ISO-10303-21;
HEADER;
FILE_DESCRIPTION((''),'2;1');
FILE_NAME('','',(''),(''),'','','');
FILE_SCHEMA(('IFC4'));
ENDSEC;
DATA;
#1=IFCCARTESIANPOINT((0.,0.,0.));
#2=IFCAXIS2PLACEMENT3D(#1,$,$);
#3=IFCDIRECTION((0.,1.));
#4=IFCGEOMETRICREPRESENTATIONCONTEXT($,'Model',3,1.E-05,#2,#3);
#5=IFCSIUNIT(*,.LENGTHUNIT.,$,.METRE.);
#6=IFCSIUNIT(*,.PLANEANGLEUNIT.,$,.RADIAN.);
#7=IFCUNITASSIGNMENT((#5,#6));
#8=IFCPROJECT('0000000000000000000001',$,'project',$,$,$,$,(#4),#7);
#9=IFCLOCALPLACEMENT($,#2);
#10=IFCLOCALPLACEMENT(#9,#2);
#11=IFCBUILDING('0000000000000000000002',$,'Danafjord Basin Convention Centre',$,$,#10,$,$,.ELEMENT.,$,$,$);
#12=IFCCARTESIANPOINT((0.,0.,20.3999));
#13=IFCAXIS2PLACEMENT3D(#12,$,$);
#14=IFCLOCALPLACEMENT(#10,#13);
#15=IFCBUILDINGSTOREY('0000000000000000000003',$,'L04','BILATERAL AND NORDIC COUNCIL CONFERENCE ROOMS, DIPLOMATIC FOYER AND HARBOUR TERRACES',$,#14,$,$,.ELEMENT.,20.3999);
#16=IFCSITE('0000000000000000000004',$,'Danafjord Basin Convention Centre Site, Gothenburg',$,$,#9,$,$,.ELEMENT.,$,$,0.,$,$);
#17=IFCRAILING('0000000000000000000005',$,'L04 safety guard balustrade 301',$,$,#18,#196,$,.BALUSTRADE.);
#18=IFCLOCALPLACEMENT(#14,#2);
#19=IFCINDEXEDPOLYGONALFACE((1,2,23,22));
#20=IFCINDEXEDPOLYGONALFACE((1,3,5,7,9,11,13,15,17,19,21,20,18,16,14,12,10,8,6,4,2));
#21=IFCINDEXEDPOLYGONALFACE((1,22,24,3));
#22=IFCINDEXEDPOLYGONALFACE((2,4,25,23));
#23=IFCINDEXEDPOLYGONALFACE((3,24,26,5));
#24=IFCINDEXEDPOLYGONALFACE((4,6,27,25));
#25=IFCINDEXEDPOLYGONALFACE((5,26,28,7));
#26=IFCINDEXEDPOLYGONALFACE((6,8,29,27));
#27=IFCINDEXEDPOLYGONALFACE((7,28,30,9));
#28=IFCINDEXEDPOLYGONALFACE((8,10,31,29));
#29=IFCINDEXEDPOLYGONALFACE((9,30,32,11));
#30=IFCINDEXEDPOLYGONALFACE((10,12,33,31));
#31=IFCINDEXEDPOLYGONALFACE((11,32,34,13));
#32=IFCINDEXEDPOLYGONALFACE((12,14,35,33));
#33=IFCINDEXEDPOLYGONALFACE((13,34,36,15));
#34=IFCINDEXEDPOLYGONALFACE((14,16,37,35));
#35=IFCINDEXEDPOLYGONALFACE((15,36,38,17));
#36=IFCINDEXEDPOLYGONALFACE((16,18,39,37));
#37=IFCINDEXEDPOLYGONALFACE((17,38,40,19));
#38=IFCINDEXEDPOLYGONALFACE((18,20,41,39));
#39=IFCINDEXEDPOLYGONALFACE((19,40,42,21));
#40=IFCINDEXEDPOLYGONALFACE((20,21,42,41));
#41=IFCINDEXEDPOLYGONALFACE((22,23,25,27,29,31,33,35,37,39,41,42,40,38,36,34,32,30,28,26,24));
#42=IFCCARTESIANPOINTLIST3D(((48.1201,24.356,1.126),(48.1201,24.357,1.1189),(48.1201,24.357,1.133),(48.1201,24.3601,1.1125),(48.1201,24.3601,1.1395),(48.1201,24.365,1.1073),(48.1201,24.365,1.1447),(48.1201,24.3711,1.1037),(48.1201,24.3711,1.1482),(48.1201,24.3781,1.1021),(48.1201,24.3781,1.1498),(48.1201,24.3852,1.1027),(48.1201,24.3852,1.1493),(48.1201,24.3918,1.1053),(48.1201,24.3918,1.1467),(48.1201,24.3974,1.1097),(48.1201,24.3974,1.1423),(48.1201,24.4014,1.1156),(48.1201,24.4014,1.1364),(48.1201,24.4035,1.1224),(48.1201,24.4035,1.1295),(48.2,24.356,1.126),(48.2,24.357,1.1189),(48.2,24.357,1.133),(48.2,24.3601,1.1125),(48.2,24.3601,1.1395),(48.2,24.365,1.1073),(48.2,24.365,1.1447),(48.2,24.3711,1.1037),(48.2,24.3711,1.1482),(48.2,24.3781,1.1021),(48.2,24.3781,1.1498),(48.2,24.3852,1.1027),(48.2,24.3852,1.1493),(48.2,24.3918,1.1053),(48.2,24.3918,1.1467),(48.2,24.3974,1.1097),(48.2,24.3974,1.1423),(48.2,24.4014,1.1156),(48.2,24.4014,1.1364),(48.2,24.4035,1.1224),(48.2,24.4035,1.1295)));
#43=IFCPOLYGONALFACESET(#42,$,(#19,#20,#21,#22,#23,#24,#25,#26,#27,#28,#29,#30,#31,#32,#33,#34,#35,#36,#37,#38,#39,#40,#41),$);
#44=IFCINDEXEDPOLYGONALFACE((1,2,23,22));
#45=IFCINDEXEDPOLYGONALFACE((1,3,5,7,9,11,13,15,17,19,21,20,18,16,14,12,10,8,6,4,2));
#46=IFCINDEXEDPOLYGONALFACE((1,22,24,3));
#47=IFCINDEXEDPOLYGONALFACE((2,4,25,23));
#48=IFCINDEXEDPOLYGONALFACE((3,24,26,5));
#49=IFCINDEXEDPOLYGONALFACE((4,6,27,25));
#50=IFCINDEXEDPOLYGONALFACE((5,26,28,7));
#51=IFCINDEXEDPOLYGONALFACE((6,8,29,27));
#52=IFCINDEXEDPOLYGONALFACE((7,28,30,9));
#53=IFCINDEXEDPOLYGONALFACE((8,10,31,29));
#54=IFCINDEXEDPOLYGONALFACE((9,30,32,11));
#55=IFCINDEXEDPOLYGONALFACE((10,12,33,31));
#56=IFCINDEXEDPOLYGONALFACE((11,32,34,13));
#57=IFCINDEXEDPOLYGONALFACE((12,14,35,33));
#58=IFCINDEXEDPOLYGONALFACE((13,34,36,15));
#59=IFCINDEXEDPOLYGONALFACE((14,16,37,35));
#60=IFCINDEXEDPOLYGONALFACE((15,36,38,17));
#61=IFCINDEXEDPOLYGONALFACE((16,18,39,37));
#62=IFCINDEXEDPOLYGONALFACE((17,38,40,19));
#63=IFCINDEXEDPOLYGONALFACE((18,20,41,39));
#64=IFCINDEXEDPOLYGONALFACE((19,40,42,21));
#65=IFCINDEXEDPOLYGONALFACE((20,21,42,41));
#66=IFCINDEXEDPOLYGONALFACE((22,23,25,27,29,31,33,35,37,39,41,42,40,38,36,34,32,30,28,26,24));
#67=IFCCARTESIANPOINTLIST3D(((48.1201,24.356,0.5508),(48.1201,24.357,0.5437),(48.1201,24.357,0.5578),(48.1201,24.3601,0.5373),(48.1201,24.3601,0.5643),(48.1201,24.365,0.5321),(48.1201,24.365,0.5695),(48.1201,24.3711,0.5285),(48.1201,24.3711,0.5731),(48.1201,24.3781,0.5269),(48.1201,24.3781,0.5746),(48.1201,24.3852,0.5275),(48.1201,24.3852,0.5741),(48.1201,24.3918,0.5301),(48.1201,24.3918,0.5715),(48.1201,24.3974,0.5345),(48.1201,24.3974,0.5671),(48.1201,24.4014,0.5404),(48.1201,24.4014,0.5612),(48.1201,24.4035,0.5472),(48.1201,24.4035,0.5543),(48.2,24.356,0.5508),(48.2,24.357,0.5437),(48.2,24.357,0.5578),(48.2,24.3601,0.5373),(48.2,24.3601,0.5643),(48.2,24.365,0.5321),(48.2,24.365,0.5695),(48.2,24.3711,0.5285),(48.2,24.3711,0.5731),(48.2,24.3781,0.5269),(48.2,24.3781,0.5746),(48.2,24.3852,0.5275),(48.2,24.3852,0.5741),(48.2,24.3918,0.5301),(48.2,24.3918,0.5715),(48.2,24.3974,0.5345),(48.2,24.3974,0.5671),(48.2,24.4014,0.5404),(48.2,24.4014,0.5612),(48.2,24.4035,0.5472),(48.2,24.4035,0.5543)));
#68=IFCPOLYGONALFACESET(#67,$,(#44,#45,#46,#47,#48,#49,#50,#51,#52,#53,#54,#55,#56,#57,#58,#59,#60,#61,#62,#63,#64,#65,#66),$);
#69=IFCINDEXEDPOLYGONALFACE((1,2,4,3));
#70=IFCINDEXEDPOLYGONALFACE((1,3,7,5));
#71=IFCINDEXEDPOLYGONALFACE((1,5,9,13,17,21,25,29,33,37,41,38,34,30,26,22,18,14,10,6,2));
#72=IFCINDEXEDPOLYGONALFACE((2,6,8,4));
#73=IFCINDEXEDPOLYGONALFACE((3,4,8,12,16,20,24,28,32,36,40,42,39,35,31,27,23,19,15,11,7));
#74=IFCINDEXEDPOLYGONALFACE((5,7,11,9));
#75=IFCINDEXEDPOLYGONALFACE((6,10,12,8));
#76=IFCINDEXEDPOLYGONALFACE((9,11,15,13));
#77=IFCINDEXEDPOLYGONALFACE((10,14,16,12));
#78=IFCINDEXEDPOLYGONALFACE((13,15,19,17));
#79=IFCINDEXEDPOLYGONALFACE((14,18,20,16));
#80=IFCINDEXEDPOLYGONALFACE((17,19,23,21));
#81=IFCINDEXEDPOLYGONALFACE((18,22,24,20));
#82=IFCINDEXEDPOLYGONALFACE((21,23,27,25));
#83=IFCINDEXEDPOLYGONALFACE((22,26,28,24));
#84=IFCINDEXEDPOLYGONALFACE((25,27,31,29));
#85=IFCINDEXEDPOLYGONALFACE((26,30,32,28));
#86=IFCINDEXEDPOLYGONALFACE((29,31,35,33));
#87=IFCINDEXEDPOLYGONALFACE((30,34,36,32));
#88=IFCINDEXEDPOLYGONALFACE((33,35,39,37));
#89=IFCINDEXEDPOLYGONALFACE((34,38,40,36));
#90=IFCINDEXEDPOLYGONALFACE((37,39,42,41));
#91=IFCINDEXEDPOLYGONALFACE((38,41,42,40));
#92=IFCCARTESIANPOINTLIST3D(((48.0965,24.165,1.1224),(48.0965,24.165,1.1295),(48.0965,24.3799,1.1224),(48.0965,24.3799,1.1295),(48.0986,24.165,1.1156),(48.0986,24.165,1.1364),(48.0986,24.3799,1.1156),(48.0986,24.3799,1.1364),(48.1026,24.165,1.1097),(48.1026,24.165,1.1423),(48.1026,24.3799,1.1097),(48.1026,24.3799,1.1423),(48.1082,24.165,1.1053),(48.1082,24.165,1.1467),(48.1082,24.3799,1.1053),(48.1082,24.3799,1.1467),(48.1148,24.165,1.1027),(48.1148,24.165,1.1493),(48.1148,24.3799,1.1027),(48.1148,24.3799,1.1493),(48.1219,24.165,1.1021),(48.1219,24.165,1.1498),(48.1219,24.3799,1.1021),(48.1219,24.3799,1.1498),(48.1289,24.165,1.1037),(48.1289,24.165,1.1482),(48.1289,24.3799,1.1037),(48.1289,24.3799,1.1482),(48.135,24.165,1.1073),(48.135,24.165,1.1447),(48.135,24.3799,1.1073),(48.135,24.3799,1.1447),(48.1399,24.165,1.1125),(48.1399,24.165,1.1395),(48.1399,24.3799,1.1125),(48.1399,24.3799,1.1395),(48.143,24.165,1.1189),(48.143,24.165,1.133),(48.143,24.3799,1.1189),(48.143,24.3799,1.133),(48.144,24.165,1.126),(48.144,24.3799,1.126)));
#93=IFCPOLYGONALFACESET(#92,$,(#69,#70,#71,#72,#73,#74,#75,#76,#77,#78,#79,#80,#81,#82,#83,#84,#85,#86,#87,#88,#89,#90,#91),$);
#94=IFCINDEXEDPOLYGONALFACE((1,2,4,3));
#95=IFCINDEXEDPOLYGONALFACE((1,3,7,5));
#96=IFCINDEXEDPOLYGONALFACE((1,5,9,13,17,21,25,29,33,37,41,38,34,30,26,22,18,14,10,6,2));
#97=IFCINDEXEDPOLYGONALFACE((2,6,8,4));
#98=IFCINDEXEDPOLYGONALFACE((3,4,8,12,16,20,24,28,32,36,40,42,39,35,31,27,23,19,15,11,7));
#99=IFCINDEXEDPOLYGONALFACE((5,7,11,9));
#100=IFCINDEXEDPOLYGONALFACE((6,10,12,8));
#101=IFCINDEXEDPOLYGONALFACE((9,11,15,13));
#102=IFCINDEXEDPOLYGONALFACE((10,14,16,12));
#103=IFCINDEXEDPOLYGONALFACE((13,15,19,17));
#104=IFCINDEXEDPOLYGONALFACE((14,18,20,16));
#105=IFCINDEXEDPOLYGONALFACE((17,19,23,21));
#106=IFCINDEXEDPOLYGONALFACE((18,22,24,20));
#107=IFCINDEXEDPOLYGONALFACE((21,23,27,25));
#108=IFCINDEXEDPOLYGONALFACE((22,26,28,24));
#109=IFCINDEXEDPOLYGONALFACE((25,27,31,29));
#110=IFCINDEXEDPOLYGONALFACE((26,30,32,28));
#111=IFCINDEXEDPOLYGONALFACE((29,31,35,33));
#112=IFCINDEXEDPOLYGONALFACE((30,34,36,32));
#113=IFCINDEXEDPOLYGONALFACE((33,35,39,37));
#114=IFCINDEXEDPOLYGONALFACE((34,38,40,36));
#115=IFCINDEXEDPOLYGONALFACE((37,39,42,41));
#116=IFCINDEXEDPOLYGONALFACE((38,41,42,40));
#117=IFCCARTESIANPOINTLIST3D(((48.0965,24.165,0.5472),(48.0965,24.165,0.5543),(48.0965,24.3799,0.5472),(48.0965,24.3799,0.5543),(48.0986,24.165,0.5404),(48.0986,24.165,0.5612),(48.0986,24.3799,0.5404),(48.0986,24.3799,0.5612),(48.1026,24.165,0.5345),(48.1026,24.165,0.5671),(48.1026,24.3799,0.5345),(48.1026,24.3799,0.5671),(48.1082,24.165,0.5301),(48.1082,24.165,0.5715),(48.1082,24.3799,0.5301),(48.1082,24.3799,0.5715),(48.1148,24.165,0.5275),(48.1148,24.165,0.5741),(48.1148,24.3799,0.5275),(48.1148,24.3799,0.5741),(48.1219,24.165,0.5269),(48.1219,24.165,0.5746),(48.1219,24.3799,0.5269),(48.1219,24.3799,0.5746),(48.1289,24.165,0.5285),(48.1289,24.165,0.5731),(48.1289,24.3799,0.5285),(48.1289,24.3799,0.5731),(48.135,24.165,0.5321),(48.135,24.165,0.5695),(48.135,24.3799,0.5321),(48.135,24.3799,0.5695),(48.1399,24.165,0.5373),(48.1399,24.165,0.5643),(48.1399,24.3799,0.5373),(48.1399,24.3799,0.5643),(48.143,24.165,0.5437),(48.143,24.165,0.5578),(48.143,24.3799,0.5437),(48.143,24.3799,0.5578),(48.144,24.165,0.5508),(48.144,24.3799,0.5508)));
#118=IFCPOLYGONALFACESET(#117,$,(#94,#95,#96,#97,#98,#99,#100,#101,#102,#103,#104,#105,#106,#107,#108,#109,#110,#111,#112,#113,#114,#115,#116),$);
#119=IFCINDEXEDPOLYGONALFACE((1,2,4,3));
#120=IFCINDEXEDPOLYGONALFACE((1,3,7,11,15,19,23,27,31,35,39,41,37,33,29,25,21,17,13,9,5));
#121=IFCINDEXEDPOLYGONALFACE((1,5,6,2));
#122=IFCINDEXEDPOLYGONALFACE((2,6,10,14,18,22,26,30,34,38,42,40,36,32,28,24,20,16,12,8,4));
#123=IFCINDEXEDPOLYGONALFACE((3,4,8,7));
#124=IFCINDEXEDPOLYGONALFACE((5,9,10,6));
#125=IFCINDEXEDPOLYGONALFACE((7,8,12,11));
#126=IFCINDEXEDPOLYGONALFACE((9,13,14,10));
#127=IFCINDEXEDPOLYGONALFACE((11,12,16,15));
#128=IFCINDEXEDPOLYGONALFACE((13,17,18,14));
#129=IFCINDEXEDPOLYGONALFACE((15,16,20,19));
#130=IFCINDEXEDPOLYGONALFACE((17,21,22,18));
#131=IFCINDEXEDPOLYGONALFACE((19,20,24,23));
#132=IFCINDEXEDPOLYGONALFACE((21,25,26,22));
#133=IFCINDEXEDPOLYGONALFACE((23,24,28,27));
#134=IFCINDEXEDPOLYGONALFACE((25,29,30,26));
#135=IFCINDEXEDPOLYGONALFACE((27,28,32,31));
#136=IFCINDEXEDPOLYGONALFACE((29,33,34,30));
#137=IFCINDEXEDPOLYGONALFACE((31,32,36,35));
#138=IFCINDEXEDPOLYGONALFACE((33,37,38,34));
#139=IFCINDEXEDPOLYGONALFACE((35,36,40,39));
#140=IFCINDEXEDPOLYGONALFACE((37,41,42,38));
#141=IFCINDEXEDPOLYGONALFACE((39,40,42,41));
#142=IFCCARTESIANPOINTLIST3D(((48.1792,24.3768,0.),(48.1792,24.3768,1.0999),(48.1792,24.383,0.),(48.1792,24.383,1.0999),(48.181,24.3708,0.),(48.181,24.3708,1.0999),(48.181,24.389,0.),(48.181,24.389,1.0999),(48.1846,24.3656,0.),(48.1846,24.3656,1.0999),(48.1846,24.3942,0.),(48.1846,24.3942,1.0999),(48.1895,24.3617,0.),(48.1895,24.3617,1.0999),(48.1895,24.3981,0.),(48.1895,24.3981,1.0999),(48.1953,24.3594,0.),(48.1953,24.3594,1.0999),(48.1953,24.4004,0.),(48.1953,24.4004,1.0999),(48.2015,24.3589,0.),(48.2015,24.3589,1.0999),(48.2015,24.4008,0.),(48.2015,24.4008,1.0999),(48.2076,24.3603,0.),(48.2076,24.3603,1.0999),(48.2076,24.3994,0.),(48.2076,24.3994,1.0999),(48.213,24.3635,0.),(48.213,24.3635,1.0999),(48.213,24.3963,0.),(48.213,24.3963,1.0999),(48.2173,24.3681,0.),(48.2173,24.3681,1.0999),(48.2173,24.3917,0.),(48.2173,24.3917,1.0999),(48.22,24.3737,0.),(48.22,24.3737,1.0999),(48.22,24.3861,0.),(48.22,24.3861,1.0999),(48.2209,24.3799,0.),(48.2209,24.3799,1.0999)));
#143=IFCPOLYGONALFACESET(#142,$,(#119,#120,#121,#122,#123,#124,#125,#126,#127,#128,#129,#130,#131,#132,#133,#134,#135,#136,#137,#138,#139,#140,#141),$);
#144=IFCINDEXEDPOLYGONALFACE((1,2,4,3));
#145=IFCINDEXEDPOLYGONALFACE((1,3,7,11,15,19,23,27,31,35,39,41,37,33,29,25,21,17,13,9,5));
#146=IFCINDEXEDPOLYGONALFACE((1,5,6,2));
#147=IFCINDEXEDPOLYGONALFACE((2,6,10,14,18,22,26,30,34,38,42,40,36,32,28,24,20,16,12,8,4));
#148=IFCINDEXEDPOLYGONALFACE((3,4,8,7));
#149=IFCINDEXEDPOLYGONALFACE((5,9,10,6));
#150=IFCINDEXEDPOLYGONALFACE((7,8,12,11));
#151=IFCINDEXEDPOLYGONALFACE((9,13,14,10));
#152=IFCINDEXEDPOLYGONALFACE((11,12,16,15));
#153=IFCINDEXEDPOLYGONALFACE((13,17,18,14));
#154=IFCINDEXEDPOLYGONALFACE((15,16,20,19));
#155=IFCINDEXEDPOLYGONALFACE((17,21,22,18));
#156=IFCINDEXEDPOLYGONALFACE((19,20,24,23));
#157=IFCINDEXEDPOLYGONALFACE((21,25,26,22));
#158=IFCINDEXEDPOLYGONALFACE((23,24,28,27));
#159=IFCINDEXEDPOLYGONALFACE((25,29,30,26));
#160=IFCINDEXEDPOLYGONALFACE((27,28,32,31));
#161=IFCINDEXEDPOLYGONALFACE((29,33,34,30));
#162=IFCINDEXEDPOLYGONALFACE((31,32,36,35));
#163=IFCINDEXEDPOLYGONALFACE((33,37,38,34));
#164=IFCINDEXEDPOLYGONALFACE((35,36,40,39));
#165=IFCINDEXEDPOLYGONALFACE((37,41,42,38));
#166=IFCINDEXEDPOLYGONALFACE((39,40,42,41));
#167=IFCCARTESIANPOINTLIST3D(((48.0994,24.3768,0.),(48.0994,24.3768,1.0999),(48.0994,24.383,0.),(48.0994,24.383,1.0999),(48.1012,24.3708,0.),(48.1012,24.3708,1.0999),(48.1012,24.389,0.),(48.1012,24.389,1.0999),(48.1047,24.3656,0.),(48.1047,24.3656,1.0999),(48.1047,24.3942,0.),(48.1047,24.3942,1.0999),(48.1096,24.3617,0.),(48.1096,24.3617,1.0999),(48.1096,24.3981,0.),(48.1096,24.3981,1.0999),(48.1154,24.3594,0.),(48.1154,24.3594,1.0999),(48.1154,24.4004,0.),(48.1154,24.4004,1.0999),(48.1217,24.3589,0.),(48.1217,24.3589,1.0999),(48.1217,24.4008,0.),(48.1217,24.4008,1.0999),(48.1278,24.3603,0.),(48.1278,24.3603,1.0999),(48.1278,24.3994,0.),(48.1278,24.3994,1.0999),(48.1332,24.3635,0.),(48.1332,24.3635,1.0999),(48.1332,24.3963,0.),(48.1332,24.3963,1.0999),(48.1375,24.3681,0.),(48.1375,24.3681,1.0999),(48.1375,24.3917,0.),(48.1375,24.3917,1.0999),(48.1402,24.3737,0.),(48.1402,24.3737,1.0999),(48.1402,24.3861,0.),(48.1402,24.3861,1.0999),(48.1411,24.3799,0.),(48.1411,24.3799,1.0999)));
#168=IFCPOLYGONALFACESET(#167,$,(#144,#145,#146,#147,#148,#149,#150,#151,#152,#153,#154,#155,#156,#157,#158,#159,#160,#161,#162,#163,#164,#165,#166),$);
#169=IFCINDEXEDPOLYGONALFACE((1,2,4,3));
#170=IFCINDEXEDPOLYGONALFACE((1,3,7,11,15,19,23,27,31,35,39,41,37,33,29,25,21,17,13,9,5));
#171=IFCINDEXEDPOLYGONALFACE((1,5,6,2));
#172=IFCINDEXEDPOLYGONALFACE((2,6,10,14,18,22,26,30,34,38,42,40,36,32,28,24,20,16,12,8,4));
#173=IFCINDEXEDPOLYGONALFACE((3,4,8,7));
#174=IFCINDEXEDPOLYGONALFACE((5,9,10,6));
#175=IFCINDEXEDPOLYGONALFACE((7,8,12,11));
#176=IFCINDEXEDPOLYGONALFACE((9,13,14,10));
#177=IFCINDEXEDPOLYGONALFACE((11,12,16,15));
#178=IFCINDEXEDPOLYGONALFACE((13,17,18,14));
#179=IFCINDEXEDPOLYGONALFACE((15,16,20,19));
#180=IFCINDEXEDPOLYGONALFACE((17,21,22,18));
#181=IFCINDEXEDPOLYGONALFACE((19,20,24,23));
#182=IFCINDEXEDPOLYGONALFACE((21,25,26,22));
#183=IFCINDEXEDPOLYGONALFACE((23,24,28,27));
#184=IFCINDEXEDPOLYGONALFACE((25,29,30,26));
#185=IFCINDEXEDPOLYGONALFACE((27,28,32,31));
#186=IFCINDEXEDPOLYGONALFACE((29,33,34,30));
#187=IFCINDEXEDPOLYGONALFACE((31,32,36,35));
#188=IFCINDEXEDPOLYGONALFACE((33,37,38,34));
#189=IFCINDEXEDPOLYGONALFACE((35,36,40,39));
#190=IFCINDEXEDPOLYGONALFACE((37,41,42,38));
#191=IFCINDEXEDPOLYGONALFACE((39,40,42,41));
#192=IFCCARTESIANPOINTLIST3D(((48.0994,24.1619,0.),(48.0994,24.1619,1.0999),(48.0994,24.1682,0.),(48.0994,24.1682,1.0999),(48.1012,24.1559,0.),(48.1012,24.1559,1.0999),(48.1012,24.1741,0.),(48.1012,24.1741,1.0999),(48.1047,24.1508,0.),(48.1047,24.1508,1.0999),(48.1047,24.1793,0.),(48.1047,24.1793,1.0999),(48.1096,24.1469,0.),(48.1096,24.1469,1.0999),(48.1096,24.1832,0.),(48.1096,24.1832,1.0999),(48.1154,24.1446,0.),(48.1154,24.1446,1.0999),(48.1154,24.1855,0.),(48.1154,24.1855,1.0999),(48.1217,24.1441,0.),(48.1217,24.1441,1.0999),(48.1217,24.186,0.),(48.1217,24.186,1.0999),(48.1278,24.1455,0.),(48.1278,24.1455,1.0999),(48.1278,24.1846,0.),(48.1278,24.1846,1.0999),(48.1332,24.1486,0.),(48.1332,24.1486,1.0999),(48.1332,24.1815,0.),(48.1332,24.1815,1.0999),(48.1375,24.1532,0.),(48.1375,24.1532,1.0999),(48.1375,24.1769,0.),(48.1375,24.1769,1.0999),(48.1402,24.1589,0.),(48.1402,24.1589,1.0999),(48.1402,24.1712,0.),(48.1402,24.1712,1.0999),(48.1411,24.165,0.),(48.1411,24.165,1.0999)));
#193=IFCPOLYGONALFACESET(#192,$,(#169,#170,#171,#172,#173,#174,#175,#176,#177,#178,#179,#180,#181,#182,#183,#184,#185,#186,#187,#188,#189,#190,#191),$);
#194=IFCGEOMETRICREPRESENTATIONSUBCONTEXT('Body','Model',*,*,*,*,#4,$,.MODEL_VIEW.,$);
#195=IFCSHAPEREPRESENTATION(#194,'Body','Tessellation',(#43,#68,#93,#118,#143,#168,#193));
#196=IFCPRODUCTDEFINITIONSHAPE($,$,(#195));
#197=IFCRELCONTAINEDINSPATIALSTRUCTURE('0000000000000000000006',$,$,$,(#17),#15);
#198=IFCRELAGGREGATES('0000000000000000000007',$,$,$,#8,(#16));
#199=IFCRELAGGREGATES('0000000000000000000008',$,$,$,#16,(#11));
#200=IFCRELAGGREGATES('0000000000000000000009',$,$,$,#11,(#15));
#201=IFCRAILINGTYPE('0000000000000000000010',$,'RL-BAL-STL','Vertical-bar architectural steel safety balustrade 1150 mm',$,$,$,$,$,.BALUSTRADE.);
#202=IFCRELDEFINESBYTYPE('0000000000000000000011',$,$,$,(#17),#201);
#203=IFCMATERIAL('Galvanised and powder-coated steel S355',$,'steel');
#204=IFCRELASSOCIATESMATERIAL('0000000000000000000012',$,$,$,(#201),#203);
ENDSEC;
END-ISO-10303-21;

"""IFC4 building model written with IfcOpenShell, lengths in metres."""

from ifc_helpers import new_model, si_unit, direction, frame, origin, origin_2d, place, context, subcontext, project, spatial, circle, extrude, material, type_object, element, save


model = new_model("IFC4")

# Units and contexts
model_context = context("Model", 3, precision=1e-05, world=origin(), true_north=direction((0.0, 1.0)))
body_context = subcontext(model_context, "Body", "Model", "MODEL_VIEW")
ifc_project = project(units=[si_unit("LENGTHUNIT", "METRE"), si_unit("PLANEANGLEUNIT", "RADIAN")], contexts=[model_context])

# Site, building, storey
site_placement = place(None, origin())
site = spatial("IfcSite", under=ifc_project, at=site_placement, Name="Danafjord Basin Convention Centre Site, Gothenburg", CompositionType="ELEMENT", RefElevation=0.0)
building_placement = place(site_placement, origin())
building = spatial("IfcBuilding", under=site, at=building_placement, Name="Danafjord Basin Convention Centre", CompositionType="ELEMENT")
storey_placement = place(building_placement, frame((0.0, 0.0, 20.3999)))
storey = spatial("IfcBuildingStorey", under=building, at=storey_placement, Name="L04", Description="BILATERAL AND NORDIC COUNCIL CONFERENCE ROOMS, DIPLOMATIC FOYER AND HARBOUR TERRACES", CompositionType="ELEMENT", Elevation=20.3999)

# Railing
ifc_material_1 = material(Name="Galvanised and powder-coated steel S355", Category="steel")
railing_type_1 = type_object("IfcRailingType", Name="RL-BAL-STL", Description="Vertical-bar architectural steel safety balustrade 1150 mm", PredefinedType="BALUSTRADE", material=ifc_material_1)
railing_1_placement = place(storey_placement, frame((48.2, 24.3799, 0.0)))
element("IfcRailing", 1, at=railing_1_placement, inside=storey, type_object=railing_type_1, Name="L04 safety guard balustrade 301", PredefinedType="BALUSTRADE", context=body_context, shape_type="SweptSolid", body=[
    extrude(circle(Radius=0.0239, at=origin_2d()), frame((0.0, 0.0, 1.126), z_axis=(-1.0, 0.0, 0.0), x_axis=(0.0, -1.0, 0.0)), (0.0, 0.0, 1.0), 0.0798),
    extrude(circle(Radius=0.0239, at=origin_2d()), frame((0.0, 0.0, 0.5508), z_axis=(-1.0, 0.0, 0.0), x_axis=(0.0, -1.0, 0.0)), (0.0, 0.0, 1.0), 0.0798),
    extrude(circle(Radius=0.0239, at=origin_2d()), frame((-0.0798, 0.0, 1.126), z_axis=(0.0, -1.0, 0.0), x_axis=(1.0, 0.0, 0.0)), (0.0, 0.0, 1.0), 0.2148),
    extrude(circle(Radius=0.0239, at=origin_2d()), frame((-0.0798, 0.0, 0.5508), z_axis=(0.0, -1.0, 0.0), x_axis=(1.0, 0.0, 0.0)), (0.0, 0.0, 1.0), 0.2148),
    extrude(circle(Radius=0.021, at=origin_2d()), origin(), (0.0, 0.0, 1.0), 1.0999),
    extrude(circle(Radius=0.021, at=origin_2d()), frame((-0.0798, 0.0, 0.0)), (0.0, 0.0, 1.0), 1.0999),
    extrude(circle(Radius=0.021, at=origin_2d()), frame((-0.0798, -0.2148, 0.0)), (0.0, 0.0, 1.0), 1.0999),
])

save(model, "model.ifc")
